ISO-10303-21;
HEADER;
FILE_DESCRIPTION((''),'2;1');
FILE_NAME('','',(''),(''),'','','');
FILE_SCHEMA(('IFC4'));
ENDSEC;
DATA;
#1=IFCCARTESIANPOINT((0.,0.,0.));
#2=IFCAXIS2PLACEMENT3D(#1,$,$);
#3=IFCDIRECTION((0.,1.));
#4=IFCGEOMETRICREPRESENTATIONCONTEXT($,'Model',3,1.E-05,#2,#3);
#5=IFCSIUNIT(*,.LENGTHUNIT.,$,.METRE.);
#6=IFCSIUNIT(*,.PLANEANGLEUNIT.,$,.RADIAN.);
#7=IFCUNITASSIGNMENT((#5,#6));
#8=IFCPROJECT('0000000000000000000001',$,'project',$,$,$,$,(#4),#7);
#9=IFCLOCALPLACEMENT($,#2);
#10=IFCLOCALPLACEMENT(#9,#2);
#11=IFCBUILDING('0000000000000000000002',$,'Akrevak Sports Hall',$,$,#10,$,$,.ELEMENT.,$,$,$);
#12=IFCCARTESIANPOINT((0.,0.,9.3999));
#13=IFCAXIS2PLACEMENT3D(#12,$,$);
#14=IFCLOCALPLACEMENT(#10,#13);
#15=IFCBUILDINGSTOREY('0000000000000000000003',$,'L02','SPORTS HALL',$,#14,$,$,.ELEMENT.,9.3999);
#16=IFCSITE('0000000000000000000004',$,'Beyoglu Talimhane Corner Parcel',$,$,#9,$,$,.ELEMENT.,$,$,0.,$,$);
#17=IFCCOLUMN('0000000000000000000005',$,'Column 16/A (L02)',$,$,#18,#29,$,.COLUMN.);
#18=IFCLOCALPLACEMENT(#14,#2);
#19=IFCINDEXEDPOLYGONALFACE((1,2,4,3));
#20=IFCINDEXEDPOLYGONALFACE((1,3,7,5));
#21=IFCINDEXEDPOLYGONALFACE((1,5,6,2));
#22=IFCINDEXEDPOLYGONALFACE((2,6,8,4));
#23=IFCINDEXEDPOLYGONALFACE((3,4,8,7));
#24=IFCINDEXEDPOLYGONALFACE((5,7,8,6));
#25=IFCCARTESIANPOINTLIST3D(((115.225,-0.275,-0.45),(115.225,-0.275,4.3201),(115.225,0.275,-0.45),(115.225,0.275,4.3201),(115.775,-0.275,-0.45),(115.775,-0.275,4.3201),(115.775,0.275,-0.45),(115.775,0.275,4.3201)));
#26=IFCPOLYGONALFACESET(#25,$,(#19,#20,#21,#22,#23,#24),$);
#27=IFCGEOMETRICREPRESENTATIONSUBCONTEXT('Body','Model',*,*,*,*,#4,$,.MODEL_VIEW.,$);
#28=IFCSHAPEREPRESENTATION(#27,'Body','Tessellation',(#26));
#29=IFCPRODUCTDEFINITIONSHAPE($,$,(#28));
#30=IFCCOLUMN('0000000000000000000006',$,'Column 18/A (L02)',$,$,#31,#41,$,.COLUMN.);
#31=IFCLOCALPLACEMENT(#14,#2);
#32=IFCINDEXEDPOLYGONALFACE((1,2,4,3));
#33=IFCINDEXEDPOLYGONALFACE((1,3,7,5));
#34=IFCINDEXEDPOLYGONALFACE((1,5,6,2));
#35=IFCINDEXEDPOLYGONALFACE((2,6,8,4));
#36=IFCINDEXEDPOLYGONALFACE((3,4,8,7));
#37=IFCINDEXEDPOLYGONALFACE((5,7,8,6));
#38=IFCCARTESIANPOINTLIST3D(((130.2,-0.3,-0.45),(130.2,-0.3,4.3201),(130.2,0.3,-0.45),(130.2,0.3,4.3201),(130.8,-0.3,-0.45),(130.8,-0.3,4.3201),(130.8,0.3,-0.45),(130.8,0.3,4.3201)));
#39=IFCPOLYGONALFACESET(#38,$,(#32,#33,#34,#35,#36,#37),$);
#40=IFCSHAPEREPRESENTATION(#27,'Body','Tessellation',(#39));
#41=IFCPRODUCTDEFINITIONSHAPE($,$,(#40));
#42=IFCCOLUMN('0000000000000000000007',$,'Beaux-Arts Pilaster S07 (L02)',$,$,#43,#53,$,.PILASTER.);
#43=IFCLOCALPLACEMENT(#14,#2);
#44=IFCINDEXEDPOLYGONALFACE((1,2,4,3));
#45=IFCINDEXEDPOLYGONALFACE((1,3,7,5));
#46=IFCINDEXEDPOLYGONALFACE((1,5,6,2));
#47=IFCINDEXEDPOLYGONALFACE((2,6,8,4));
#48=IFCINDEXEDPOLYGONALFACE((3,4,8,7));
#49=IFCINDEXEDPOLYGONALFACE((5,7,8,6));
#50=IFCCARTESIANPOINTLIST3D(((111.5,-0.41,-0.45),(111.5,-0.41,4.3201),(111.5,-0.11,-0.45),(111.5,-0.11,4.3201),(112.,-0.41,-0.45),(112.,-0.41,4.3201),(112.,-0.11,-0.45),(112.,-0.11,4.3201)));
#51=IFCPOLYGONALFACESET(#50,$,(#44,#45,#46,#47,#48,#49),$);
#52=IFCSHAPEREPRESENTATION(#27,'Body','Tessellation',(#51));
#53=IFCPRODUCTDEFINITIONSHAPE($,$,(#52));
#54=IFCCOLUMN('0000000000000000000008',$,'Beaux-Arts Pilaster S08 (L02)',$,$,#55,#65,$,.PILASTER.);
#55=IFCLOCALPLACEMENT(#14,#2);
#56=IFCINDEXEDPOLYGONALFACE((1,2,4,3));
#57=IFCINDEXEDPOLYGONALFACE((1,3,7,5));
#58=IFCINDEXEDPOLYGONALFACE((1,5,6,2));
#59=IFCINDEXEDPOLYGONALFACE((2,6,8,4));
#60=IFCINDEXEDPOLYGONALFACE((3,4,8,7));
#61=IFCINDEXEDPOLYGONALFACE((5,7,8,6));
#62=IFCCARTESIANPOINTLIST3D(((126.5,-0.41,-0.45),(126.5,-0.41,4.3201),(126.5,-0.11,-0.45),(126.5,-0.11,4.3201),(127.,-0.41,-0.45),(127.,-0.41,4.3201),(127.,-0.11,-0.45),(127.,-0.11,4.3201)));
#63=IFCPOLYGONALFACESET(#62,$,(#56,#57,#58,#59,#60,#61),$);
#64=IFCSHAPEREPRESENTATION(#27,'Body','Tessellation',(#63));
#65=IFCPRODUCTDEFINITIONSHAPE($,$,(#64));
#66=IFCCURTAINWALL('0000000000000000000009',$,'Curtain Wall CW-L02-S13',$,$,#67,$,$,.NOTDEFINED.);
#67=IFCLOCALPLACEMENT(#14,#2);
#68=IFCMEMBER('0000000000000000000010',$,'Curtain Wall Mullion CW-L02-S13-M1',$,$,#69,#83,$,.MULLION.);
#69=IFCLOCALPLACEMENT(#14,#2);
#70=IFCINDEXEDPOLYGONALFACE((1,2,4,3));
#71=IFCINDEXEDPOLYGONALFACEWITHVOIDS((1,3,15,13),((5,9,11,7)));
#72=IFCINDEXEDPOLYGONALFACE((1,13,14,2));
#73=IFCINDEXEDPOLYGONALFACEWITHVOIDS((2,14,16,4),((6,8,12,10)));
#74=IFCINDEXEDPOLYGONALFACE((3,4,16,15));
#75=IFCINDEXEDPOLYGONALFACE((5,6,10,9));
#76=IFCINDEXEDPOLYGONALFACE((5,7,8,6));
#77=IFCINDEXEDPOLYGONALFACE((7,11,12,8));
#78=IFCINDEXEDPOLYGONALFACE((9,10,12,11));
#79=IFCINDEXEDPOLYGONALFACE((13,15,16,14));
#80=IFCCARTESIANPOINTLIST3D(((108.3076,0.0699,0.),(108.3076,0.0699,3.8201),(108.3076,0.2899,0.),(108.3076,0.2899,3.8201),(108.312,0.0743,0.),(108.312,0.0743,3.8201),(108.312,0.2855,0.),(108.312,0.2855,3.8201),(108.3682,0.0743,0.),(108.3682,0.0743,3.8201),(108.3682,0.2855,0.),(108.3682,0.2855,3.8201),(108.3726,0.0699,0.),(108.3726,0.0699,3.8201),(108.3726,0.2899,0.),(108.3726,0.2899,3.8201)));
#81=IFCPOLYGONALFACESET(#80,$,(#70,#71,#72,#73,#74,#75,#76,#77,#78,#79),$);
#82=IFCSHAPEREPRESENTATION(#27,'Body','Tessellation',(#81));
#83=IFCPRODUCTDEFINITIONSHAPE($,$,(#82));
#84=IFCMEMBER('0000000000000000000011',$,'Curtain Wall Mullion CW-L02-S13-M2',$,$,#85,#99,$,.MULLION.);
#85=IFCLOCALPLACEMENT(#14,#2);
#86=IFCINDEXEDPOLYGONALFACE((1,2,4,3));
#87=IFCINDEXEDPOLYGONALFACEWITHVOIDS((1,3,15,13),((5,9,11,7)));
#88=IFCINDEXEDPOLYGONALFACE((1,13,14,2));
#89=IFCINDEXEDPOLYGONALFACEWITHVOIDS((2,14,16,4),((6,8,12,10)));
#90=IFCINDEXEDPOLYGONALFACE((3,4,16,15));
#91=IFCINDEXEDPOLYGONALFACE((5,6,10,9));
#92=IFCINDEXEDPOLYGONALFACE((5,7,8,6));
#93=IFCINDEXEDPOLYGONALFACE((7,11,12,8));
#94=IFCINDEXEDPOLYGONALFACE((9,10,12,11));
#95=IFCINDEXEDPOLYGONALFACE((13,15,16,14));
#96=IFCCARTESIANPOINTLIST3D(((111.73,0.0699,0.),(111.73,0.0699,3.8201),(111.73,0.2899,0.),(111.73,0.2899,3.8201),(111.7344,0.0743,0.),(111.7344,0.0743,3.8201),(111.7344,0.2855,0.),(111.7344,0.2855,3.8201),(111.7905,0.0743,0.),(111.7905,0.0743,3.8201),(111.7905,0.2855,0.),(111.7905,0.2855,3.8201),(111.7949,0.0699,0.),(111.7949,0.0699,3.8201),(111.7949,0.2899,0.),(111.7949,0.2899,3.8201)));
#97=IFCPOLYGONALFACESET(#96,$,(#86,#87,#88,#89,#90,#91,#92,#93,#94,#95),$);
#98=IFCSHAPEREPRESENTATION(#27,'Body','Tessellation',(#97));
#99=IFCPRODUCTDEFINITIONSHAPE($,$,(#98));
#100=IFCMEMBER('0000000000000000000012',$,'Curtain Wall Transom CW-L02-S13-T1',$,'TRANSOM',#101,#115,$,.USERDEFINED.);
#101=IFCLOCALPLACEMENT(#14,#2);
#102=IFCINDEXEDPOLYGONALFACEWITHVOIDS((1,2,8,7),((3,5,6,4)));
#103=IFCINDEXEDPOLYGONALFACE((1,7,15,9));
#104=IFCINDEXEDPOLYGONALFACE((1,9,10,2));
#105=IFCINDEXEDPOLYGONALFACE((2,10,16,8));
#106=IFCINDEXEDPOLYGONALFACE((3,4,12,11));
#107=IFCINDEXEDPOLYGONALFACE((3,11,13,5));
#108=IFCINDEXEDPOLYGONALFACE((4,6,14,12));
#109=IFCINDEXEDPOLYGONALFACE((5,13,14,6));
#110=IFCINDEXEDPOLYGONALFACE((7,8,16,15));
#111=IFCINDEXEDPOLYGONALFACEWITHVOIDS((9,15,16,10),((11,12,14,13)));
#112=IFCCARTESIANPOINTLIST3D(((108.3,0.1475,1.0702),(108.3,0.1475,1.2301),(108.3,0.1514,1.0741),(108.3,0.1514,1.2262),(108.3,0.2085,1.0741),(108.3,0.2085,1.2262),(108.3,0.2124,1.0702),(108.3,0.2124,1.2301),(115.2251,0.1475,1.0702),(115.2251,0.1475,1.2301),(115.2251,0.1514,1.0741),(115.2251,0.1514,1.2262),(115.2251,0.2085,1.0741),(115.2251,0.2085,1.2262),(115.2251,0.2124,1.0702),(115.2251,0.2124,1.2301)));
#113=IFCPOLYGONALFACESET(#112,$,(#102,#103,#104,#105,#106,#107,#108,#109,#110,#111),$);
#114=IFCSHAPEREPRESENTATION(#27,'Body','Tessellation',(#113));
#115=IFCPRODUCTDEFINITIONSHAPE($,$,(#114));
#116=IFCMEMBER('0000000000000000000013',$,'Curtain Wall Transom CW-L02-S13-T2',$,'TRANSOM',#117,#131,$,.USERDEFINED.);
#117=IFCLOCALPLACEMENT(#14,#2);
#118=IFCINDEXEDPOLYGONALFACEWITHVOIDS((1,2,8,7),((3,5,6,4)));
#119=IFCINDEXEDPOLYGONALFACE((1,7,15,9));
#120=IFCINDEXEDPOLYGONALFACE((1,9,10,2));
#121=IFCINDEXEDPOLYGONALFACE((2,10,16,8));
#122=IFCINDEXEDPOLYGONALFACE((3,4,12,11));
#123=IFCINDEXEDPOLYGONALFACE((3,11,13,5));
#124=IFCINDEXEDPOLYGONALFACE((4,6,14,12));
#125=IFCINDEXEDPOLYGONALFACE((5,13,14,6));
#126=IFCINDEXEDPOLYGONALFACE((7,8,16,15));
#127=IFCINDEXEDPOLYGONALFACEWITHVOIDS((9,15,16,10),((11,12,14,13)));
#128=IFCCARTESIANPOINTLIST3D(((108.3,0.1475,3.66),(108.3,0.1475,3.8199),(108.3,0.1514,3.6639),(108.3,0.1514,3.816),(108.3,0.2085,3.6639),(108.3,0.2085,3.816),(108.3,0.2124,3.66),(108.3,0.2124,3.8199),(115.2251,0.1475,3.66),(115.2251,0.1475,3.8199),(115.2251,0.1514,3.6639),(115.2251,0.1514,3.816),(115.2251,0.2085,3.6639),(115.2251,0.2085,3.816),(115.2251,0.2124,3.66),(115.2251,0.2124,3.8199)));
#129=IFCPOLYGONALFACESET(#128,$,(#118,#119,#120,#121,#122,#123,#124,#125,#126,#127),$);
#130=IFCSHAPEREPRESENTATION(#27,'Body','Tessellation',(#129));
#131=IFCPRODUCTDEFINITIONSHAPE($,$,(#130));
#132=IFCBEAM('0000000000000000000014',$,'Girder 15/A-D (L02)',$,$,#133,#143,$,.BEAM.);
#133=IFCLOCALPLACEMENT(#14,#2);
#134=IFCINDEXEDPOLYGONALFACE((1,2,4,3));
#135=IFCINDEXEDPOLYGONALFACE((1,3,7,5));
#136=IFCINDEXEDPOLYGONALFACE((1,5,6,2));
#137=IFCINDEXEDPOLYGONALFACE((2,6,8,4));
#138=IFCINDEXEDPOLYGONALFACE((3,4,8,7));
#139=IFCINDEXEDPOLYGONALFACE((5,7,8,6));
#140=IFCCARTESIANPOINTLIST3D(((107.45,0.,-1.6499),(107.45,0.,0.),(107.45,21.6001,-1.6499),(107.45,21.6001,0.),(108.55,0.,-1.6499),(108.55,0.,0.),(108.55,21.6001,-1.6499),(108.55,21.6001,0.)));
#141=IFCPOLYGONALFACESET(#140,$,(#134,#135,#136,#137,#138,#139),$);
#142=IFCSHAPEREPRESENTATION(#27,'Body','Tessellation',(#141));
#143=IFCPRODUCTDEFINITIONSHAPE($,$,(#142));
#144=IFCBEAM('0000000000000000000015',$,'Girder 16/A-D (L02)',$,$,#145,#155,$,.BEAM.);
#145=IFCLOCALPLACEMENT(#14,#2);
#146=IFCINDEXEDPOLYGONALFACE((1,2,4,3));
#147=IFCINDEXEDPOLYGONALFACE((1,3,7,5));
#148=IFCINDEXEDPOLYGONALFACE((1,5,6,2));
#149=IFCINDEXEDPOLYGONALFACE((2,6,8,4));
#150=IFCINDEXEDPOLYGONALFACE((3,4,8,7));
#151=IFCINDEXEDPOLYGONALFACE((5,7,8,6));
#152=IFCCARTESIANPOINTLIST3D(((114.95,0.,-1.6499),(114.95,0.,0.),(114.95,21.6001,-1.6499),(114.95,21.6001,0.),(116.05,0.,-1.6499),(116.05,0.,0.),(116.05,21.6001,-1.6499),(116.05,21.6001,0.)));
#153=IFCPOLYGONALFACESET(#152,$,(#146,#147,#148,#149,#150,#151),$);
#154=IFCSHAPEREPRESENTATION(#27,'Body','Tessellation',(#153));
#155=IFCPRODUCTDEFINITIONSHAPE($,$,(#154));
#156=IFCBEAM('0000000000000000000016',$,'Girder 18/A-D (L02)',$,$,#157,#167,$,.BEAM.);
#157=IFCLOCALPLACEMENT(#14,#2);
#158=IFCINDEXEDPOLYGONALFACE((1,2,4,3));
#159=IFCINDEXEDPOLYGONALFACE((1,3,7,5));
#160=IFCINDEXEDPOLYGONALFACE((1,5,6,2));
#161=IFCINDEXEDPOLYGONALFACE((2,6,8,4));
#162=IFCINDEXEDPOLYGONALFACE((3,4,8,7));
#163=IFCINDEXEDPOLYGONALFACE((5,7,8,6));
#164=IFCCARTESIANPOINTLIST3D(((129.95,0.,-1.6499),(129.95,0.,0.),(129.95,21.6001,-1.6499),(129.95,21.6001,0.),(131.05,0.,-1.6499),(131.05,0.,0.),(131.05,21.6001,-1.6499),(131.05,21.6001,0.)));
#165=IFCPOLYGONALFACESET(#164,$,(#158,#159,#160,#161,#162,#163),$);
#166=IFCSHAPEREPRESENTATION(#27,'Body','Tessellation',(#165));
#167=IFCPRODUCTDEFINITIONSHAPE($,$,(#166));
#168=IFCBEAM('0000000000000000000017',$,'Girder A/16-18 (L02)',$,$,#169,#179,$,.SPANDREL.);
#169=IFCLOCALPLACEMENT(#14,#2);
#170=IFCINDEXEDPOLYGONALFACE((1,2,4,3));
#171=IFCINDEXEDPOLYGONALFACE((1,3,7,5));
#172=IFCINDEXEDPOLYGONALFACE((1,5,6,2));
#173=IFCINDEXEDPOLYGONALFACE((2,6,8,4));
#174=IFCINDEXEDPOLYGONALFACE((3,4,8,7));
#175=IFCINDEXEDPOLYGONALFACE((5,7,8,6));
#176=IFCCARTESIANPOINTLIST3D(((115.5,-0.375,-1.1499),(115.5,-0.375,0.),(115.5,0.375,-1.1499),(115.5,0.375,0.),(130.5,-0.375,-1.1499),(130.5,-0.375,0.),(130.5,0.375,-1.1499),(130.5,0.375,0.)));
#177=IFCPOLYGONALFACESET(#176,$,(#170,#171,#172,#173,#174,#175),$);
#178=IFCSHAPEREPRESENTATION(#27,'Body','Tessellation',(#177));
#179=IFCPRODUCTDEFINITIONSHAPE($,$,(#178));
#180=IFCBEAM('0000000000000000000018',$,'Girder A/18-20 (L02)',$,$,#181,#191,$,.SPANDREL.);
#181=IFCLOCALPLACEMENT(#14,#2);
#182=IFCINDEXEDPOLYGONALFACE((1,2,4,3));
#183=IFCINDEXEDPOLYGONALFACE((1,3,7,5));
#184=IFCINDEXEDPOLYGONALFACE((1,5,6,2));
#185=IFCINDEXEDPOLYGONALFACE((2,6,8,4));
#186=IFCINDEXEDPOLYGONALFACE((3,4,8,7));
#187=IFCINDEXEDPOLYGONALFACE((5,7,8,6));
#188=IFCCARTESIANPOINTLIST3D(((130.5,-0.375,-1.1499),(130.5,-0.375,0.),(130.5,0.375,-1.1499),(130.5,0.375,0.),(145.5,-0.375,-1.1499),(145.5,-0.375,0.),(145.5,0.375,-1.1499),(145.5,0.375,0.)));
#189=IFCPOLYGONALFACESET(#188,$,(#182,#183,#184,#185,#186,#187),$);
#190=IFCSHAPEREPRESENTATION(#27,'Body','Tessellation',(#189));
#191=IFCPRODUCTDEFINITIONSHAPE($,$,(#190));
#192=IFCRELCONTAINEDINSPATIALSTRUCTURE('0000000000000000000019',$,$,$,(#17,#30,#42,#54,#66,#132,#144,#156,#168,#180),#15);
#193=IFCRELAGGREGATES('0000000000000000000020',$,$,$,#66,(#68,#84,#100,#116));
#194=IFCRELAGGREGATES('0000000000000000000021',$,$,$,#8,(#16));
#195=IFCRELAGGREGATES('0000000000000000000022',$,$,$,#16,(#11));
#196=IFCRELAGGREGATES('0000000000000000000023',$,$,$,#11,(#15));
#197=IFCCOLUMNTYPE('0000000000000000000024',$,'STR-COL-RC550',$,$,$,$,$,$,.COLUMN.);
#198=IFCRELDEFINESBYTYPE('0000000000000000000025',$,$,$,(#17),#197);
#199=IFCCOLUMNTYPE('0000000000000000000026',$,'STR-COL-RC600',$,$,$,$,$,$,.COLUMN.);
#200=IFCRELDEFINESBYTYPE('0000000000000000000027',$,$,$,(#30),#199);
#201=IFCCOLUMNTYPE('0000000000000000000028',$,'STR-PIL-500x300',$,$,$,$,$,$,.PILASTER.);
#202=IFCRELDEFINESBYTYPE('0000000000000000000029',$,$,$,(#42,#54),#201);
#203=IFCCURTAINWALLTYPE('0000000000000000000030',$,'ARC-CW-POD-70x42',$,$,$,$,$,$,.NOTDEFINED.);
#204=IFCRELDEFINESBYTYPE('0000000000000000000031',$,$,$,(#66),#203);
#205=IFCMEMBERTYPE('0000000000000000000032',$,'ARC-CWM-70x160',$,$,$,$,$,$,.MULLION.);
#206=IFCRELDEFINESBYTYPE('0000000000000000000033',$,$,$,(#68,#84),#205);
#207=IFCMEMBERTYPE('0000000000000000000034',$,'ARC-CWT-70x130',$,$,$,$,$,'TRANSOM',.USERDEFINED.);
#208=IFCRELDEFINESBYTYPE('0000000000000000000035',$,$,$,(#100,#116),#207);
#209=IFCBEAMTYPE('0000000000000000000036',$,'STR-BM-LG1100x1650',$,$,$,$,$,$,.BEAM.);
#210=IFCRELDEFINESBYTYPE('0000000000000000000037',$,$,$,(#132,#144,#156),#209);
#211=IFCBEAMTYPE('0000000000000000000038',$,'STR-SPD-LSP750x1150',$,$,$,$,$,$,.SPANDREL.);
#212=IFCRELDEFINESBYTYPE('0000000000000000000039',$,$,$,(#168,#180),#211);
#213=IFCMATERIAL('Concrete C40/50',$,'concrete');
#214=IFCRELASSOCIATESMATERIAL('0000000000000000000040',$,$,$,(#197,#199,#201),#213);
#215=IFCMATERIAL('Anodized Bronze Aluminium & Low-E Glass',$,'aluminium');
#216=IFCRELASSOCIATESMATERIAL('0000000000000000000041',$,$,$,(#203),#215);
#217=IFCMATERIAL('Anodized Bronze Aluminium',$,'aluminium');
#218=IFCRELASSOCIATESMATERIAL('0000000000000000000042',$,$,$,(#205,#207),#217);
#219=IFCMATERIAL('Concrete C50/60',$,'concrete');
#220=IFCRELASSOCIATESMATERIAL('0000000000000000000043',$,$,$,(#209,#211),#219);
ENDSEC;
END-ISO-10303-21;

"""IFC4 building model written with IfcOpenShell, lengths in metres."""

from ifc_helpers import new_model, si_unit, direction, frame, origin, origin_2d, place, context, subcontext, project, spatial, rectangle, hollow_rectangle, extrude, material, material_profile, profile_set, type_object, element, aggregate, save


model = new_model("IFC4")

# Units and contexts
model_context = context("Model", 3, precision=1e-05, world=origin(), true_north=direction((0.0, 1.0)))
body_context = subcontext(model_context, "Body", "Model", "MODEL_VIEW")
ifc_project = project(units=[si_unit("LENGTHUNIT", "METRE"), si_unit("PLANEANGLEUNIT", "RADIAN")], contexts=[model_context])

# Site, building, storey
site_placement = place(None, origin())
site = spatial("IfcSite", under=ifc_project, at=site_placement, Name="Beyoglu Talimhane Corner Parcel", CompositionType="ELEMENT", RefElevation=0.0)
building_placement = place(site_placement, origin())
building = spatial("IfcBuilding", under=site, at=building_placement, Name="Akrevak Sports Hall", CompositionType="ELEMENT")
storey_placement = place(building_placement, frame((0.0, 0.0, 9.3999)))
storey = spatial("IfcBuildingStorey", under=building, at=storey_placement, Name="L02", Description="SPORTS HALL", CompositionType="ELEMENT", Elevation=9.3999)

# Columns
ifc_material_1 = material(Name="Concrete C40/50", Category="concrete")
ifc_material_profile_1 = material_profile(ifc_material_1, rectangle(XDim=0.55, YDim=0.55, at=origin_2d()), Name="RC 550x550", Category="concrete")
ifc_profile_set_1 = profile_set([ifc_material_profile_1], Name="Concrete C40/50")
column_type_1 = type_object("IfcColumnType", Name="STR-COL-RC550", PredefinedType="COLUMN", material=ifc_profile_set_1)
column_1_placement = place(storey_placement, frame((115.5, 0.0, -0.45), z_axis=(0.0, 0.0, 1.0), x_axis=(1.0, 0.0, 0.0)))
element("IfcColumn", 1, at=column_1_placement, inside=storey, type_object=column_type_1, Name="Column 16/A (L02)", PredefinedType="COLUMN", context=body_context, shape_type="SweptSolid", body=[
    extrude(rectangle(XDim=0.55, YDim=0.55, at=origin_2d()), origin(), (0.0, 0.0, 1.0), 4.77),
])
ifc_material_profile_2 = material_profile(ifc_material_1, rectangle(XDim=0.6001, YDim=0.6001, at=origin_2d()), Name="RC 600x600", Category="concrete")
ifc_profile_set_2 = profile_set([ifc_material_profile_2], Name="Concrete C40/50")
column_type_2 = type_object("IfcColumnType", Name="STR-COL-RC600", PredefinedType="COLUMN", material=ifc_profile_set_2)
column_2_placement = place(storey_placement, frame((130.5, 0.0, -0.45), z_axis=(0.0, 0.0, 1.0), x_axis=(1.0, 0.0, 0.0)))
element("IfcColumn", 2, at=column_2_placement, inside=storey, type_object=column_type_2, Name="Column 18/A (L02)", PredefinedType="COLUMN", context=body_context, shape_type="SweptSolid", body=[
    extrude(rectangle(XDim=0.6001, YDim=0.6001, at=origin_2d()), origin(), (0.0, 0.0, 1.0), 4.77),
])
ifc_material_profile_3 = material_profile(ifc_material_1, rectangle(XDim=0.5, YDim=0.3, at=origin_2d()), Name="PIL 500x300", Category="concrete")
ifc_profile_set_3 = profile_set([ifc_material_profile_3], Name="Concrete C40/50")
column_type_3 = type_object("IfcColumnType", Name="STR-PIL-500x300", PredefinedType="PILASTER", material=ifc_profile_set_3)
for number, where, z_axis, x_axis, name in (
    (3, (111.75, -0.26, -0.45), (0.0, 0.0, 1.0), (1.0, 0.0, 0.0), "Beaux-Arts Pilaster S07 (L02)"),
    (4, (126.75, -0.26, -0.45), (0.0, 0.0, 1.0), (1.0, 0.0, 0.0), "Beaux-Arts Pilaster S08 (L02)"),
):
    element("IfcColumn", number, at=place(storey_placement, frame(where, z_axis=z_axis, x_axis=x_axis)), inside=storey, type_object=column_type_3, Name=name, PredefinedType="PILASTER", context=body_context, shape_type="SweptSolid", body=[
        extrude(rectangle(XDim=0.5, YDim=0.3, at=origin_2d()), origin(), (0.0, 0.0, 1.0), 4.77),
    ])

# Curtain wall, members
ifc_material_2 = material(Name="Anodized Bronze Aluminium & Low-E Glass", Category="aluminium")
curtain_wall_type = type_object("IfcCurtainWallType", Name="ARC-CW-POD-70x42", PredefinedType="NOTDEFINED", material=ifc_material_2)
curtain_wall_placement = place(storey_placement, origin())
curtain_wall = element("IfcCurtainWall", 5, at=curtain_wall_placement, inside=storey, type_object=curtain_wall_type, Name="Curtain Wall CW-L02-S13", PredefinedType="NOTDEFINED")
ifc_material_3 = material(Name="Anodized Bronze Aluminium", Category="aluminium")
ifc_material_profile_4 = material_profile(ifc_material_3, hollow_rectangle(XDim=0.0649, YDim=0.22, WallThickness=0.0044, at=origin_2d()), Name="CWM 65x220", Category="aluminium")
ifc_profile_set_4 = profile_set([ifc_material_profile_4], Name="Anodized Bronze Aluminium")
member_type_1 = type_object("IfcMemberType", Name="ARC-CWM-70x160", PredefinedType="MULLION", material=ifc_profile_set_4)
member_1_placement = place(storey_placement, frame((108.3401, 0.1799, 0.0), z_axis=(0.0, 0.0, 1.0), x_axis=(1.0, 0.0, 0.0)))
member_1 = element("IfcMember", 6, at=member_1_placement, type_object=member_type_1, Name="Curtain Wall Mullion CW-L02-S13-M1", PredefinedType="MULLION", context=body_context, shape_type="SweptSolid", body=[
    extrude(hollow_rectangle(XDim=0.0649, YDim=0.22, WallThickness=0.0044, at=origin_2d()), origin(), (0.0, 0.0, 1.0), 3.8201),
])
member_2_placement = place(storey_placement, frame((111.7625, 0.1799, 0.0), z_axis=(0.0, 0.0, 1.0), x_axis=(1.0, 0.0, 0.0)))
member_2 = element("IfcMember", 7, at=member_2_placement, type_object=member_type_1, Name="Curtain Wall Mullion CW-L02-S13-M2", PredefinedType="MULLION", context=body_context, shape_type="SweptSolid", body=[
    extrude(hollow_rectangle(XDim=0.0649, YDim=0.22, WallThickness=0.0044, at=origin_2d()), origin(), (0.0, 0.0, 1.0), 3.8201),
])
ifc_material_profile_5 = material_profile(ifc_material_3, hollow_rectangle(XDim=0.0649, YDim=0.1599, WallThickness=0.0039, at=origin_2d()), Name="CWT 65x160", Category="aluminium")
ifc_profile_set_5 = profile_set([ifc_material_profile_5], Name="Anodized Bronze Aluminium")
member_type_2 = type_object("IfcMemberType", Name="ARC-CWT-70x130", ElementType="TRANSOM", PredefinedType="USERDEFINED", material=ifc_profile_set_5)
member_3_placement = place(storey_placement, frame((108.3, 0.1799, 1.1501), z_axis=(1.0, 0.0, 0.0), x_axis=(0.0, 1.0, 0.0)))
member_3 = element("IfcMember", 8, at=member_3_placement, type_object=member_type_2, Name="Curtain Wall Transom CW-L02-S13-T1", ObjectType="TRANSOM", PredefinedType="USERDEFINED", context=body_context, shape_type="SweptSolid", body=[
    extrude(hollow_rectangle(XDim=0.0649, YDim=0.1599, WallThickness=0.0039, at=origin_2d()), origin(), (0.0, 0.0, 1.0), 6.925),
])
member_4_placement = place(storey_placement, frame((108.3, 0.1799, 3.74), z_axis=(1.0, 0.0, 0.0), x_axis=(0.0, 1.0, 0.0)))
member_4 = element("IfcMember", 9, at=member_4_placement, type_object=member_type_2, Name="Curtain Wall Transom CW-L02-S13-T2", ObjectType="TRANSOM", PredefinedType="USERDEFINED", context=body_context, shape_type="SweptSolid", body=[
    extrude(hollow_rectangle(XDim=0.0649, YDim=0.1599, WallThickness=0.0039, at=origin_2d()), origin(), (0.0, 0.0, 1.0), 6.925),
])

# Beams
ifc_material_4 = material(Name="Concrete C50/60", Category="concrete")
ifc_material_profile_6 = material_profile(ifc_material_4, rectangle(XDim=1.1001, YDim=1.6499, at=origin_2d()), Name="BM 1100x1650", Category="concrete")
ifc_profile_set_6 = profile_set([ifc_material_profile_6], Name="Concrete C50/60")
beam_type_1 = type_object("IfcBeamType", Name="STR-BM-LG1100x1650", PredefinedType="BEAM", material=ifc_profile_set_6)
for number, where, z_axis, x_axis, name in (
    (10, (108.0, 0.0, -0.825), (0.0, 1.0, 0.0), (-1.0, 0.0, 0.0), "Girder 15/A-D (L02)"),
    (11, (115.5, 0.0, -0.825), (0.0, 1.0, 0.0), (-1.0, 0.0, 0.0), "Girder 16/A-D (L02)"),
    (12, (130.5, 0.0, -0.825), (0.0, 1.0, 0.0), (-1.0, 0.0, 0.0), "Girder 18/A-D (L02)"),
):
    element("IfcBeam", number, at=place(storey_placement, frame(where, z_axis=z_axis, x_axis=x_axis)), inside=storey, type_object=beam_type_1, Name=name, PredefinedType="BEAM", context=body_context, shape_type="SweptSolid", body=[
        extrude(rectangle(XDim=1.1001, YDim=1.6499, at=origin_2d()), origin(), (0.0, 0.0, 1.0), 21.6001),
    ])
ifc_material_profile_7 = material_profile(ifc_material_4, rectangle(XDim=0.75, YDim=1.1499, at=origin_2d()), Name="SPD 750x1150", Category="concrete")
ifc_profile_set_7 = profile_set([ifc_material_profile_7], Name="Concrete C50/60")
beam_type_2 = type_object("IfcBeamType", Name="STR-SPD-LSP750x1150", PredefinedType="SPANDREL", material=ifc_profile_set_7)
for number, where, z_axis, x_axis, name in (
    (13, (115.5, 0.0, -0.575), (1.0, 0.0, 0.0), (0.0, 1.0, 0.0), "Girder A/16-18 (L02)"),
    (14, (130.5, 0.0, -0.575), (1.0, 0.0, 0.0), (0.0, 1.0, 0.0), "Girder A/18-20 (L02)"),
):
    element("IfcBeam", number, at=place(storey_placement, frame(where, z_axis=z_axis, x_axis=x_axis)), inside=storey, type_object=beam_type_2, Name=name, PredefinedType="SPANDREL", context=body_context, shape_type="SweptSolid", body=[
        extrude(rectangle(XDim=0.75, YDim=1.1499, at=origin_2d()), origin(), (0.0, 0.0, 1.0), 15.0),
    ])

aggregate(curtain_wall, [member_1, member_2, member_3, member_4])

save(model, "model.ifc")
